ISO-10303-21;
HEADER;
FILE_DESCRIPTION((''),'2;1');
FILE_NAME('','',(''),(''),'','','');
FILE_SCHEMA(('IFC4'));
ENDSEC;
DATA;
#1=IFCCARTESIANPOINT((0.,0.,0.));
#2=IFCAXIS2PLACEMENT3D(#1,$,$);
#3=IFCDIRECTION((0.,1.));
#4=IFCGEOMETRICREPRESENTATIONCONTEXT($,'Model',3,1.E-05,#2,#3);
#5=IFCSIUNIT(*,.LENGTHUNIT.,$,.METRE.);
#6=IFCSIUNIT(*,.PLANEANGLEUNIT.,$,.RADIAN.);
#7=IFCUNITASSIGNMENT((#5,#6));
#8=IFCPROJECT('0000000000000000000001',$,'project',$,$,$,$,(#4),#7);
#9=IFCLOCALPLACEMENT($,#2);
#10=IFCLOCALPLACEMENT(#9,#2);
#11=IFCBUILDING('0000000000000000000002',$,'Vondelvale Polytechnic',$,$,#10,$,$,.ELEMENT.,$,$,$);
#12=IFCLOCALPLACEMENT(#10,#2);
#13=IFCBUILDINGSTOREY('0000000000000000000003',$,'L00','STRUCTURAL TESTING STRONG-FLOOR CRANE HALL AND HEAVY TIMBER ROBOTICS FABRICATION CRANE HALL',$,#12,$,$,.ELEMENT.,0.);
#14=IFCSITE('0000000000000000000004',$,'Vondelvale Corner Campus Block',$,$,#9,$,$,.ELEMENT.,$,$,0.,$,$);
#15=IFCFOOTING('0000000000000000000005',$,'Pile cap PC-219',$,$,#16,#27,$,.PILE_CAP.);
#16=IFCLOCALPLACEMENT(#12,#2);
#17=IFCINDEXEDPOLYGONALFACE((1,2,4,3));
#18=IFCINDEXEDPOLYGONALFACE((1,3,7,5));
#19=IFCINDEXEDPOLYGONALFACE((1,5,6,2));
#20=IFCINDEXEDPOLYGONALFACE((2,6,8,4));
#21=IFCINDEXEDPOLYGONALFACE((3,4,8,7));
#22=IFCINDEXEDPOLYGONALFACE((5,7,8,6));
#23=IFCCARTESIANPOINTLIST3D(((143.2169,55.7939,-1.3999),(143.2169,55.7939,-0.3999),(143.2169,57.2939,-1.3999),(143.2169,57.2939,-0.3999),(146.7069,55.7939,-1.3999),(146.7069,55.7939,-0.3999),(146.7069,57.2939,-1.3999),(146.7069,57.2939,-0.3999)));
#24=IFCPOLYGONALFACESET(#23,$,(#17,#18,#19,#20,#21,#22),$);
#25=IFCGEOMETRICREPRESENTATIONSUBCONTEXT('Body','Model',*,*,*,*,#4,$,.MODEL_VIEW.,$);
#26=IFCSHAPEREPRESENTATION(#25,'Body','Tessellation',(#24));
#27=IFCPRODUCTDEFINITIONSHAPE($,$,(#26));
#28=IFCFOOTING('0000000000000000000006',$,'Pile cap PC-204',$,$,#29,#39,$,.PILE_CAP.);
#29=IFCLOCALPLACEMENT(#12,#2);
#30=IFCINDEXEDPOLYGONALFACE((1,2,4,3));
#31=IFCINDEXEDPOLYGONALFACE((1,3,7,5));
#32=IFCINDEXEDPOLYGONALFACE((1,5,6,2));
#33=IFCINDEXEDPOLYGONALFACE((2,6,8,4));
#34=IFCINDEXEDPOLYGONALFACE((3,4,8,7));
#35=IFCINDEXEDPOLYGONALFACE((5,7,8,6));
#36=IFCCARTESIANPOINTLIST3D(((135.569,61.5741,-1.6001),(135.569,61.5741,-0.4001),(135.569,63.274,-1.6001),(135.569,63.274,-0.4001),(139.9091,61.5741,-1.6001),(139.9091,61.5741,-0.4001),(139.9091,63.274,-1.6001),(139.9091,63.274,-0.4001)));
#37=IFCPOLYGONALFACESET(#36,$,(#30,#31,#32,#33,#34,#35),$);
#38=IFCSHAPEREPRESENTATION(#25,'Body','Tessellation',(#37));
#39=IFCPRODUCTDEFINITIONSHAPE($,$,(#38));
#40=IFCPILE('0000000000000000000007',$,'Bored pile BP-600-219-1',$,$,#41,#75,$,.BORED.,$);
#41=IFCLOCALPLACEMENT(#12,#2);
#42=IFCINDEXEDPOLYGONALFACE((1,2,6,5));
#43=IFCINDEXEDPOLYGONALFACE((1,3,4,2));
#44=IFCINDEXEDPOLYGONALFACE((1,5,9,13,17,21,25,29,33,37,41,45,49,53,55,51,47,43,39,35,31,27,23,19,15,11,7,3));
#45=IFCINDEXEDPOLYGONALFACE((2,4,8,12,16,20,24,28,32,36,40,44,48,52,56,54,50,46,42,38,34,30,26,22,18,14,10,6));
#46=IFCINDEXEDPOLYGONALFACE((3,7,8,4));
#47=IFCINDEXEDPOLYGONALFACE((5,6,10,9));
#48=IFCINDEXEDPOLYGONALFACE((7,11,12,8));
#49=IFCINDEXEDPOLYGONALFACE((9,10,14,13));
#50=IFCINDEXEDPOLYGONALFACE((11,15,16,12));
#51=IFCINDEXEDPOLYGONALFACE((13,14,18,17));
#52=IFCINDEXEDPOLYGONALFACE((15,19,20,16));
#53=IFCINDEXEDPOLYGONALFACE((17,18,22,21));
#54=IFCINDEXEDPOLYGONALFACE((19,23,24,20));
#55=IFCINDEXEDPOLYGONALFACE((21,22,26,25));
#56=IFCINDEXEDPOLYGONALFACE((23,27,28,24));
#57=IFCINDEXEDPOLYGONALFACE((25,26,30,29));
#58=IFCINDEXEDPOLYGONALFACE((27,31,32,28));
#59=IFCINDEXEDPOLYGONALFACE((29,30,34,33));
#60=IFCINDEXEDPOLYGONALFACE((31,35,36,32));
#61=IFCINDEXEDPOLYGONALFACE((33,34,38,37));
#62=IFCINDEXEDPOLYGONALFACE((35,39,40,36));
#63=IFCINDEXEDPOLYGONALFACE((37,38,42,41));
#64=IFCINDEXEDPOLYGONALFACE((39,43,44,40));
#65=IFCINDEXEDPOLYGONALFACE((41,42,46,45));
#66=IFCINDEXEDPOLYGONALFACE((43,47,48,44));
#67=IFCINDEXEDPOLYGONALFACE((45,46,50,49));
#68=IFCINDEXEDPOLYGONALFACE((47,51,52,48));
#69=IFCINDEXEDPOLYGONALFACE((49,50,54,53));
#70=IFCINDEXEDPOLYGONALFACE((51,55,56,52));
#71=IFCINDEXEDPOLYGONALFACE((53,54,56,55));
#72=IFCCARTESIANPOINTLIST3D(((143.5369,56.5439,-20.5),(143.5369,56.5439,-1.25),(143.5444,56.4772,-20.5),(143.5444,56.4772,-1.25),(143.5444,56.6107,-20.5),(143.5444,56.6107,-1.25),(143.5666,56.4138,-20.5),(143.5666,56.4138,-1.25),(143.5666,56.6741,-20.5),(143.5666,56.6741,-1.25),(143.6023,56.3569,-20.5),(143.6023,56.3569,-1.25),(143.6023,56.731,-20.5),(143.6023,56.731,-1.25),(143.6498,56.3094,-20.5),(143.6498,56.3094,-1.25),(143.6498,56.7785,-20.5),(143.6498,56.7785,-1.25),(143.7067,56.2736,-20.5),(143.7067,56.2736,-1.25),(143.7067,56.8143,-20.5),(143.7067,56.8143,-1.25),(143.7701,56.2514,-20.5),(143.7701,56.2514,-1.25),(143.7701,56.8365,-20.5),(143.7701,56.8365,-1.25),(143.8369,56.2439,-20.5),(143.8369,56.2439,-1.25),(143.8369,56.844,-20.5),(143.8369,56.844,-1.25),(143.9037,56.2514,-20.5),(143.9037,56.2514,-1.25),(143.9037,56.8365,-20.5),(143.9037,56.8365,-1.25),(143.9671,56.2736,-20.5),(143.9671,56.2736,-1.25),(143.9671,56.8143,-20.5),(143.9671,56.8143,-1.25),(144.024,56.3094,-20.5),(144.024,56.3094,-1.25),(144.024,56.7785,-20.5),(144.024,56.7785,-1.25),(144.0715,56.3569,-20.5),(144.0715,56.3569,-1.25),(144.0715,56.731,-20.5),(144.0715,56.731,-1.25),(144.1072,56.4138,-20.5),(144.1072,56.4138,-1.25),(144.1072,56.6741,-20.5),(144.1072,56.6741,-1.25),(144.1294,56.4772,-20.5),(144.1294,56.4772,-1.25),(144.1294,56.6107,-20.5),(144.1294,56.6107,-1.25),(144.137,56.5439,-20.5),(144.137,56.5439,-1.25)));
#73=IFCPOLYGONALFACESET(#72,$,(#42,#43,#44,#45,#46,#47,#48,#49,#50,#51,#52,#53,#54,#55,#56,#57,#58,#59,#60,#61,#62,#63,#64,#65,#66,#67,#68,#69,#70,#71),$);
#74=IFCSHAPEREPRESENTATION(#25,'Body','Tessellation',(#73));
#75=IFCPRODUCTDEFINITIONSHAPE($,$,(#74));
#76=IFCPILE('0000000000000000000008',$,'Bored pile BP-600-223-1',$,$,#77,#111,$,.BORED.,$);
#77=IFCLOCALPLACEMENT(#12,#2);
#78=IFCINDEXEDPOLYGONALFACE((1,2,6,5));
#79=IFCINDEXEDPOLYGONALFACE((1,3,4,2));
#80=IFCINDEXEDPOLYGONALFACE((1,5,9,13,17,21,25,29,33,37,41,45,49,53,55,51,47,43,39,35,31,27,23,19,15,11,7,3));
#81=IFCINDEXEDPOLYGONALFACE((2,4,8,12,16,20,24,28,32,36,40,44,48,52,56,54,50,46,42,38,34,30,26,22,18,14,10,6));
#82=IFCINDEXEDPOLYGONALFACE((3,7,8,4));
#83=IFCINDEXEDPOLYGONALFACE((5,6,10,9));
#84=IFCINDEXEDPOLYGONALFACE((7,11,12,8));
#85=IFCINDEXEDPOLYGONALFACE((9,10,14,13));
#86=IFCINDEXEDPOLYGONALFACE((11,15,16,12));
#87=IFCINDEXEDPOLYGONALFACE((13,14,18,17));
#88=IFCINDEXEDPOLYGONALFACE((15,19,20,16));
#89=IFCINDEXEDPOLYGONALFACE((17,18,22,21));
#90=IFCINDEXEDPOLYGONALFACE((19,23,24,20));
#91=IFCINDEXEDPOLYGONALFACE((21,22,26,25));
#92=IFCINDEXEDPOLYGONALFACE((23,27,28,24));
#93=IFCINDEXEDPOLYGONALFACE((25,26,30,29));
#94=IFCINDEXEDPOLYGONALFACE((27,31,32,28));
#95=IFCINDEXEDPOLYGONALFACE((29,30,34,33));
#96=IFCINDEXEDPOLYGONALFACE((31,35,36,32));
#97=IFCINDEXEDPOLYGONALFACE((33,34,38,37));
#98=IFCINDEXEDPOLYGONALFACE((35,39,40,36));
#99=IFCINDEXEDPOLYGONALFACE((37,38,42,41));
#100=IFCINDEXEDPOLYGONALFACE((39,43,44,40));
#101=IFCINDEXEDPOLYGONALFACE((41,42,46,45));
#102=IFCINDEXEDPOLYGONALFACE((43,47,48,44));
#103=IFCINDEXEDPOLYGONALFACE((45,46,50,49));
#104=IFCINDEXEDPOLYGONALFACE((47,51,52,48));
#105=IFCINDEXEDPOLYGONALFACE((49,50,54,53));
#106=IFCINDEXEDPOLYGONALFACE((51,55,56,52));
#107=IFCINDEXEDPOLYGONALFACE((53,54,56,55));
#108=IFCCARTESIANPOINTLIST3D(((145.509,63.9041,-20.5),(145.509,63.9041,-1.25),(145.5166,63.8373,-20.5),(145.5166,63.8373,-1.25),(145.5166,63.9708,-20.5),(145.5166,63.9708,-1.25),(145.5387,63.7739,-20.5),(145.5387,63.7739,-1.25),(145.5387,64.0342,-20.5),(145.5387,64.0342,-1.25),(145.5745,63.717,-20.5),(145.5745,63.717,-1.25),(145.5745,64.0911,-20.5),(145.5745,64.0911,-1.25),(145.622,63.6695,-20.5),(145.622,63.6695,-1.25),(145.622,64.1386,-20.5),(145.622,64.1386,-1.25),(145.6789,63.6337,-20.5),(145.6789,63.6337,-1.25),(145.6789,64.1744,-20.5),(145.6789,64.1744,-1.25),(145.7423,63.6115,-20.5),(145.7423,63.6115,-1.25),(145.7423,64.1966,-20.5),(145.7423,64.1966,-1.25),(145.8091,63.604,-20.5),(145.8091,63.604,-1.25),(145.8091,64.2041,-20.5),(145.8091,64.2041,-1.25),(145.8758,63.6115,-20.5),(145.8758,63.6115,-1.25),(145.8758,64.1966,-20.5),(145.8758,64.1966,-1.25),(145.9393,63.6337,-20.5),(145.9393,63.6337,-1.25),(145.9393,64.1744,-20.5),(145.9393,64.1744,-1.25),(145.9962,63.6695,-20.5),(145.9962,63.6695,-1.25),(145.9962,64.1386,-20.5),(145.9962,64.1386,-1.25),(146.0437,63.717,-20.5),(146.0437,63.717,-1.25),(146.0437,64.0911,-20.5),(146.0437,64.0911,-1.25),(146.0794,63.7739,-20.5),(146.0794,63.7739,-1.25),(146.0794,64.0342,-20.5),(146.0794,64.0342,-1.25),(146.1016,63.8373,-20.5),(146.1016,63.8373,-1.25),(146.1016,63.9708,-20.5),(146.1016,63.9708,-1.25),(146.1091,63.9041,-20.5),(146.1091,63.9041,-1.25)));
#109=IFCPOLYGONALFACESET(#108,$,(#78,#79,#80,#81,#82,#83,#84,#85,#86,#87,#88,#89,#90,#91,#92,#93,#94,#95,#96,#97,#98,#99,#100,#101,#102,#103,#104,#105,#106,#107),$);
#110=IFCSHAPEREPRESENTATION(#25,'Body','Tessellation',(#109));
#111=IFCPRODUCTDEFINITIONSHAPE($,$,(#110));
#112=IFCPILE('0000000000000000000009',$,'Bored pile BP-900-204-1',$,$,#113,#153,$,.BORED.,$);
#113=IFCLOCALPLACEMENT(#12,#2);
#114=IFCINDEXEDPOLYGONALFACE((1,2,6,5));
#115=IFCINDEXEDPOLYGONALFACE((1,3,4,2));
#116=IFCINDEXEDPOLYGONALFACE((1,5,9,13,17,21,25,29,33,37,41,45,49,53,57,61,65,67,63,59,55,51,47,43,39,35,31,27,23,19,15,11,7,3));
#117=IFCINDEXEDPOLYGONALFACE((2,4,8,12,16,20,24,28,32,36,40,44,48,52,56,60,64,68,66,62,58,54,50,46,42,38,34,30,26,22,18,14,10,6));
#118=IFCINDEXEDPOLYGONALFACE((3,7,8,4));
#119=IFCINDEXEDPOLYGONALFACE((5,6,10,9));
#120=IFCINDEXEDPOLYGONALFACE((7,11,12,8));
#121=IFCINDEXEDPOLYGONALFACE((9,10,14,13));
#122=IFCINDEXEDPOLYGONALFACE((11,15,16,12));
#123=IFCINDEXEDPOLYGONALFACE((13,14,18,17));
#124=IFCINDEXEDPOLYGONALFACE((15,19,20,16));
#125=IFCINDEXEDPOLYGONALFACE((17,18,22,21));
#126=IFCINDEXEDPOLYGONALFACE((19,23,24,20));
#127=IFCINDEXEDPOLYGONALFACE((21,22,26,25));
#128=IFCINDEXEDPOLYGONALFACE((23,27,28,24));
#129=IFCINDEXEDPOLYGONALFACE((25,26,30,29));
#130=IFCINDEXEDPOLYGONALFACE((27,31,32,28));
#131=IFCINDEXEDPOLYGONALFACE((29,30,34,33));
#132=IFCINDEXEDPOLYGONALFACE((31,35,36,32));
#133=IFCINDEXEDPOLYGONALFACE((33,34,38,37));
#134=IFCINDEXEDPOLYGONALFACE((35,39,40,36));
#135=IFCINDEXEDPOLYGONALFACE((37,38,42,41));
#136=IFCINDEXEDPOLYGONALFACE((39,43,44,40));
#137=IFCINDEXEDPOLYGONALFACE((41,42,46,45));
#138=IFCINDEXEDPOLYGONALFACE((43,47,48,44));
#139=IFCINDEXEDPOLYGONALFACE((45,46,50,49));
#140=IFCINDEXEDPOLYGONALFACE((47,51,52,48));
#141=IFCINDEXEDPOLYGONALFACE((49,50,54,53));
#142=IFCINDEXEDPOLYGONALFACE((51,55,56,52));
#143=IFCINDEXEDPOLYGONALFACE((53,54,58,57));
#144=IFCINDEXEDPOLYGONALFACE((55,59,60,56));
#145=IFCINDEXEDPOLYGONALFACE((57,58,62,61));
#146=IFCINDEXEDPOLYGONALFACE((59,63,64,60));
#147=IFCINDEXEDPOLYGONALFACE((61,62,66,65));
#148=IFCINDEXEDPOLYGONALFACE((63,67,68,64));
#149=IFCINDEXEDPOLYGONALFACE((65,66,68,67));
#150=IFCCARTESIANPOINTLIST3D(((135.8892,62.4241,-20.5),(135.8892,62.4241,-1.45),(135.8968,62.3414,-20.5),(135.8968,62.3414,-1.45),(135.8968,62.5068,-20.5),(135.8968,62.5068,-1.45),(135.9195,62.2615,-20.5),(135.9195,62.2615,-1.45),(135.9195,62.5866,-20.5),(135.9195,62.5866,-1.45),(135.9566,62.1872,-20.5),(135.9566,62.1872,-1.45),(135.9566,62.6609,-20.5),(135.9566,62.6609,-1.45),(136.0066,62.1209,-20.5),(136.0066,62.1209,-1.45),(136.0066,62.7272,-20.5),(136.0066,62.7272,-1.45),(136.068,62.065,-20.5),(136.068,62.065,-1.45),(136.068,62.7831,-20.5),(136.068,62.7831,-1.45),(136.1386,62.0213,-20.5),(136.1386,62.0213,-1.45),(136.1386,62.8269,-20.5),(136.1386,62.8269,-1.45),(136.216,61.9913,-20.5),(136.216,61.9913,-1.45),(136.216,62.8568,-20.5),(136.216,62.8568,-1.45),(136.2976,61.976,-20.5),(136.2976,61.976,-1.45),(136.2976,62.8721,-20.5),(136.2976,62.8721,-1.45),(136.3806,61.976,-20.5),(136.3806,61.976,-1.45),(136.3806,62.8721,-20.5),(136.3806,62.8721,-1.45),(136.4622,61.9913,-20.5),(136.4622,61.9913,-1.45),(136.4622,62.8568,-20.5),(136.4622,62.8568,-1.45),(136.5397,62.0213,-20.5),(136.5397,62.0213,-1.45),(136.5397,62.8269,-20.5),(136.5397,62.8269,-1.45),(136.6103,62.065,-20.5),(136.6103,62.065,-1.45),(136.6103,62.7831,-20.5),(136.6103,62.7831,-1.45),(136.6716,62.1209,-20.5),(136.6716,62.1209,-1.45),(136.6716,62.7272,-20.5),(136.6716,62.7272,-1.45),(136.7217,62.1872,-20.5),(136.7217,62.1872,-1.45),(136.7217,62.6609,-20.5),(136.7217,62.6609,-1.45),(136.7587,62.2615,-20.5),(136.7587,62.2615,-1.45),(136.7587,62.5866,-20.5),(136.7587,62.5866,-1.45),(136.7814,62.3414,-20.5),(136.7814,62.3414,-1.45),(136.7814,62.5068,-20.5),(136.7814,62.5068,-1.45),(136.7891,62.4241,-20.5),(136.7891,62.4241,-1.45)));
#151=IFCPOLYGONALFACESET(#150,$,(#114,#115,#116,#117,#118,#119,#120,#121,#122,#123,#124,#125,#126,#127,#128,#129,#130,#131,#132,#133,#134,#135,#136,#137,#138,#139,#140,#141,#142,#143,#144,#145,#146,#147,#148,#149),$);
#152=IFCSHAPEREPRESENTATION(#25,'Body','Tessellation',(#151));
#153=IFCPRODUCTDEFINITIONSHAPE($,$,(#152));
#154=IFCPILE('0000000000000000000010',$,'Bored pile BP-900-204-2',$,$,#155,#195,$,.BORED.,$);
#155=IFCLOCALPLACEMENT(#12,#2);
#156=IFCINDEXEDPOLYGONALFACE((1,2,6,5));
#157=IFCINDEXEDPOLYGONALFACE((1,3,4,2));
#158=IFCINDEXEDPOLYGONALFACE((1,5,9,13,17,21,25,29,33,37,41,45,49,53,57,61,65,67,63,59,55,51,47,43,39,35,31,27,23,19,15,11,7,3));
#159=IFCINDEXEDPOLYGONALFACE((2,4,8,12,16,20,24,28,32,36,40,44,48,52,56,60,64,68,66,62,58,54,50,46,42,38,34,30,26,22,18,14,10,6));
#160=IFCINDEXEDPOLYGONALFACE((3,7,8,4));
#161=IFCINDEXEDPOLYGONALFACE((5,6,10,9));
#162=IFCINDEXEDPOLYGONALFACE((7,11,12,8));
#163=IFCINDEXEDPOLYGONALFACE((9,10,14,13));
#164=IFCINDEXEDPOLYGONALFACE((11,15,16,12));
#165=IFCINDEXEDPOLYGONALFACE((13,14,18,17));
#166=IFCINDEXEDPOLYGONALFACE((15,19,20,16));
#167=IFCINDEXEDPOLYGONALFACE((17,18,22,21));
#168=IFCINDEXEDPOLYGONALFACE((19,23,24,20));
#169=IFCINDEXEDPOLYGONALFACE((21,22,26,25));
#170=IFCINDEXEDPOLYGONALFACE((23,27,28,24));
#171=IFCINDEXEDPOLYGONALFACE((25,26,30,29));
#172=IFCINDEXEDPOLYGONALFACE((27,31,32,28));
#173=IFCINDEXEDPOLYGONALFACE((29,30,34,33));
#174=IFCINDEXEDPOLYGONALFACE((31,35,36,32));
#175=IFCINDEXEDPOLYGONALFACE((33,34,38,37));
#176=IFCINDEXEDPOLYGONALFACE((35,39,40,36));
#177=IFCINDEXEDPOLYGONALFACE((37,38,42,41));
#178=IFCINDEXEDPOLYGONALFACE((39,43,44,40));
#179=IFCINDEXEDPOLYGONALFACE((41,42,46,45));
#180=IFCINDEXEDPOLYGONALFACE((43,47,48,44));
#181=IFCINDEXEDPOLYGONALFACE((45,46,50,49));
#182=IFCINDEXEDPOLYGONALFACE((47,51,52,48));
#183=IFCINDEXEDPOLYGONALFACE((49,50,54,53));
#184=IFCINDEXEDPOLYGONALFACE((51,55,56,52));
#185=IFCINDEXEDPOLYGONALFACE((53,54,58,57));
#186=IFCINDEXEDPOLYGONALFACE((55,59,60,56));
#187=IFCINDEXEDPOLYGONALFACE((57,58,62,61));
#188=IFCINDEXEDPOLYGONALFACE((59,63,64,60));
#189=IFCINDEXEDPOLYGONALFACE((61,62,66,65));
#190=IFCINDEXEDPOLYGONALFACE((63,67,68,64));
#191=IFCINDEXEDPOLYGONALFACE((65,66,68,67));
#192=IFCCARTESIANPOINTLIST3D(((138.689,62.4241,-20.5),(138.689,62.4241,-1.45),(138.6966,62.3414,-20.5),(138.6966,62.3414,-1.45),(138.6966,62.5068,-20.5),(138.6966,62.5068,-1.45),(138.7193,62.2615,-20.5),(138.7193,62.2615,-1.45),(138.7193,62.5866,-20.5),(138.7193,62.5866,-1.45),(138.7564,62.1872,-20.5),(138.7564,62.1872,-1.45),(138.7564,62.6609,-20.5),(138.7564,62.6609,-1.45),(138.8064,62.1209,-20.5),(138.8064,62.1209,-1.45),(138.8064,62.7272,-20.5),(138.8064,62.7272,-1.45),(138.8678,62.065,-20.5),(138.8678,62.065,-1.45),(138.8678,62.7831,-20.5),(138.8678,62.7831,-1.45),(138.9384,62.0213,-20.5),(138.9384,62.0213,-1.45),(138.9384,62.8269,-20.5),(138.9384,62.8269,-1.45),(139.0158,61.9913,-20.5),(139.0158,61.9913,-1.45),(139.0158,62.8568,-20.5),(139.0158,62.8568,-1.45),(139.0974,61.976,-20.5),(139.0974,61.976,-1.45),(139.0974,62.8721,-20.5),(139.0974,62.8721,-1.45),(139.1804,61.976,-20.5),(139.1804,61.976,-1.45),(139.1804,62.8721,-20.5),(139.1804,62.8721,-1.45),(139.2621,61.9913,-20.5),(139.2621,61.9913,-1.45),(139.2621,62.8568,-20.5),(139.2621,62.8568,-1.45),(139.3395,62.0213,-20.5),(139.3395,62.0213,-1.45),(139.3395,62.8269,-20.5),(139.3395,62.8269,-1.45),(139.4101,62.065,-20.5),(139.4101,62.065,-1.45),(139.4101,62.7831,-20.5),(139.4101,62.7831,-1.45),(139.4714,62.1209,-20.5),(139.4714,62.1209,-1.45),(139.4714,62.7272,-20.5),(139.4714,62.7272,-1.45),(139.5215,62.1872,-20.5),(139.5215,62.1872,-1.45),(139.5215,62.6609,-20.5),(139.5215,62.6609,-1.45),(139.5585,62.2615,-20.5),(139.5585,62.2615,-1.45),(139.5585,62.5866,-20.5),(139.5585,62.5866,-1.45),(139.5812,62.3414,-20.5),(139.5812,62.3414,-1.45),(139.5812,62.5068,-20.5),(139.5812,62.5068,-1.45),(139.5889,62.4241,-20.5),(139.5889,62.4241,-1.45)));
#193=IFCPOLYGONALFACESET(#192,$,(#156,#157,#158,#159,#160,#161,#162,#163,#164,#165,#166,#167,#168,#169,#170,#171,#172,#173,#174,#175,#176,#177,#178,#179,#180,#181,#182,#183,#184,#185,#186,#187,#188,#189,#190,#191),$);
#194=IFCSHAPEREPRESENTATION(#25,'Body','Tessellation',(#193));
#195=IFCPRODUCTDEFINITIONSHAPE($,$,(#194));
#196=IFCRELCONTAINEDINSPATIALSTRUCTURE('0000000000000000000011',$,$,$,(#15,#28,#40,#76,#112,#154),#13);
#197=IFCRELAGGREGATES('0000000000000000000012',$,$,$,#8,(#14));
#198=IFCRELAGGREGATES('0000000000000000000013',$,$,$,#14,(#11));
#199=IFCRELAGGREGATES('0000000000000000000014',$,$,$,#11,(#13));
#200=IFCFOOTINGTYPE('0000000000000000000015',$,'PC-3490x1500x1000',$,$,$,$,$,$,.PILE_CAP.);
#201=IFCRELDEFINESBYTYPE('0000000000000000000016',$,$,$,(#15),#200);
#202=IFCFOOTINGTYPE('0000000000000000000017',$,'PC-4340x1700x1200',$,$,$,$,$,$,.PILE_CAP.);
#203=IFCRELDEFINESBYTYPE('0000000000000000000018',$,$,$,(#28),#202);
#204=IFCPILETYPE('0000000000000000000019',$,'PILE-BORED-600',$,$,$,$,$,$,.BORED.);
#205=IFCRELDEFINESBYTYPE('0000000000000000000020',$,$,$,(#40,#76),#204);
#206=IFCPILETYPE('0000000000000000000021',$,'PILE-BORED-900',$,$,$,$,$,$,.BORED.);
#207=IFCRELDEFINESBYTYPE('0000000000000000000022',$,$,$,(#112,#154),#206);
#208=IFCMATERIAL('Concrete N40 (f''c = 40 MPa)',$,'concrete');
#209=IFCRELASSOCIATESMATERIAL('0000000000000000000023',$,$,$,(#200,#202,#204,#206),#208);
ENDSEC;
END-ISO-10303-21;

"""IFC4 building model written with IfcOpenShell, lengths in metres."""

from ifc_helpers import new_model, si_unit, direction, frame, origin, origin_2d, place, context, subcontext, project, spatial, rectangle, circle, extrude, material, material_profile, profile_set, type_object, element, save


model = new_model("IFC4")

# Units and contexts
model_context = context("Model", 3, precision=1e-05, world=origin(), true_north=direction((0.0, 1.0)))
body_context = subcontext(model_context, "Body", "Model", "MODEL_VIEW")
ifc_project = project(units=[si_unit("LENGTHUNIT", "METRE"), si_unit("PLANEANGLEUNIT", "RADIAN")], contexts=[model_context])

# Site, building, storey
site_placement = place(None, origin())
site = spatial("IfcSite", under=ifc_project, at=site_placement, Name="Vondelvale Corner Campus Block", CompositionType="ELEMENT", RefElevation=0.0)
building_placement = place(site_placement, origin())
building = spatial("IfcBuilding", under=site, at=building_placement, Name="Vondelvale Polytechnic", CompositionType="ELEMENT")
storey_placement = place(building_placement, origin())
storey = spatial("IfcBuildingStorey", under=building, at=storey_placement, Name="L00", Description="STRUCTURAL TESTING STRONG-FLOOR CRANE HALL AND HEAVY TIMBER ROBOTICS FABRICATION CRANE HALL", CompositionType="ELEMENT", Elevation=0.0)

# Footings
ifc_material_1 = material(Name="Concrete N40 (f'c = 40 MPa)", Category="concrete")
footing_type_1 = type_object("IfcFootingType", Name="PC-3490x1500x1000", PredefinedType="PILE_CAP", material=ifc_material_1)
footing_1_placement = place(storey_placement, frame((144.9619, 56.5439, -1.3999), z_axis=(0.0, 0.0, 1.0), x_axis=(1.0, 0.0, 0.0)))
element("IfcFooting", 1, at=footing_1_placement, inside=storey, type_object=footing_type_1, Name="Pile cap PC-219", PredefinedType="PILE_CAP", context=body_context, shape_type="SweptSolid", body=[
    extrude(rectangle(XDim=3.49, YDim=1.5, at=origin_2d()), origin(), (0.0, 0.0, 1.0), 1.0),
])
footing_type_2 = type_object("IfcFootingType", Name="PC-4340x1700x1200", PredefinedType="PILE_CAP", material=ifc_material_1)
footing_2_placement = place(storey_placement, frame((137.739, 62.4241, -1.6001), z_axis=(0.0, 0.0, 1.0), x_axis=(1.0, 0.0, 0.0)))
element("IfcFooting", 2, at=footing_2_placement, inside=storey, type_object=footing_type_2, Name="Pile cap PC-204", PredefinedType="PILE_CAP", context=body_context, shape_type="SweptSolid", body=[
    extrude(rectangle(XDim=4.3401, YDim=1.7, at=origin_2d()), origin(), (0.0, 0.0, 1.0), 1.2),
])

# Piles
ifc_material_profile_1 = material_profile(ifc_material_1, circle(Radius=0.3, at=origin_2d()), Name="PILE-D600")
ifc_profile_set_1 = profile_set([ifc_material_profile_1], Name="Concrete N40 (f'c = 40 MPa)")
pile_type_1 = type_object("IfcPileType", Name="PILE-BORED-600", PredefinedType="BORED", material=ifc_profile_set_1)
for number, where, z_axis, x_axis, name in (
    (3, (143.8369, 56.5439, -1.25), (0.0, 0.0, -1.0), (1.0, 0.0, 0.0), "Bored pile BP-600-219-1"),
    (4, (145.8091, 63.9041, -1.25), (0.0, 0.0, -1.0), (1.0, 0.0, 0.0), "Bored pile BP-600-223-1"),
):
    element("IfcPile", number, at=place(storey_placement, frame(where, z_axis=z_axis, x_axis=x_axis)), inside=storey, type_object=pile_type_1, Name=name, PredefinedType="BORED", context=body_context, shape_type="SweptSolid", body=[
        extrude(circle(Radius=0.3, at=origin_2d()), origin(), (0.0, 0.0, 1.0), 19.25),
    ])
ifc_material_profile_2 = material_profile(ifc_material_1, circle(Radius=0.45, at=origin_2d()), Name="PILE-D900")
ifc_profile_set_2 = profile_set([ifc_material_profile_2], Name="Concrete N40 (f'c = 40 MPa)")
pile_type_2 = type_object("IfcPileType", Name="PILE-BORED-900", PredefinedType="BORED", material=ifc_profile_set_2)
for number, where, z_axis, x_axis, name in (
    (5, (136.3391, 62.4241, -1.45), (0.0, 0.0, -1.0), (1.0, 0.0, 0.0), "Bored pile BP-900-204-1"),
    (6, (139.1389, 62.4241, -1.45), (0.0, 0.0, -1.0), (1.0, 0.0, 0.0), "Bored pile BP-900-204-2"),
):
    element("IfcPile", number, at=place(storey_placement, frame(where, z_axis=z_axis, x_axis=x_axis)), inside=storey, type_object=pile_type_2, Name=name, PredefinedType="BORED", context=body_context, shape_type="SweptSolid", body=[
        extrude(circle(Radius=0.45, at=origin_2d()), origin(), (0.0, 0.0, 1.0), 19.05),
    ])

save(model, "model.ifc")
